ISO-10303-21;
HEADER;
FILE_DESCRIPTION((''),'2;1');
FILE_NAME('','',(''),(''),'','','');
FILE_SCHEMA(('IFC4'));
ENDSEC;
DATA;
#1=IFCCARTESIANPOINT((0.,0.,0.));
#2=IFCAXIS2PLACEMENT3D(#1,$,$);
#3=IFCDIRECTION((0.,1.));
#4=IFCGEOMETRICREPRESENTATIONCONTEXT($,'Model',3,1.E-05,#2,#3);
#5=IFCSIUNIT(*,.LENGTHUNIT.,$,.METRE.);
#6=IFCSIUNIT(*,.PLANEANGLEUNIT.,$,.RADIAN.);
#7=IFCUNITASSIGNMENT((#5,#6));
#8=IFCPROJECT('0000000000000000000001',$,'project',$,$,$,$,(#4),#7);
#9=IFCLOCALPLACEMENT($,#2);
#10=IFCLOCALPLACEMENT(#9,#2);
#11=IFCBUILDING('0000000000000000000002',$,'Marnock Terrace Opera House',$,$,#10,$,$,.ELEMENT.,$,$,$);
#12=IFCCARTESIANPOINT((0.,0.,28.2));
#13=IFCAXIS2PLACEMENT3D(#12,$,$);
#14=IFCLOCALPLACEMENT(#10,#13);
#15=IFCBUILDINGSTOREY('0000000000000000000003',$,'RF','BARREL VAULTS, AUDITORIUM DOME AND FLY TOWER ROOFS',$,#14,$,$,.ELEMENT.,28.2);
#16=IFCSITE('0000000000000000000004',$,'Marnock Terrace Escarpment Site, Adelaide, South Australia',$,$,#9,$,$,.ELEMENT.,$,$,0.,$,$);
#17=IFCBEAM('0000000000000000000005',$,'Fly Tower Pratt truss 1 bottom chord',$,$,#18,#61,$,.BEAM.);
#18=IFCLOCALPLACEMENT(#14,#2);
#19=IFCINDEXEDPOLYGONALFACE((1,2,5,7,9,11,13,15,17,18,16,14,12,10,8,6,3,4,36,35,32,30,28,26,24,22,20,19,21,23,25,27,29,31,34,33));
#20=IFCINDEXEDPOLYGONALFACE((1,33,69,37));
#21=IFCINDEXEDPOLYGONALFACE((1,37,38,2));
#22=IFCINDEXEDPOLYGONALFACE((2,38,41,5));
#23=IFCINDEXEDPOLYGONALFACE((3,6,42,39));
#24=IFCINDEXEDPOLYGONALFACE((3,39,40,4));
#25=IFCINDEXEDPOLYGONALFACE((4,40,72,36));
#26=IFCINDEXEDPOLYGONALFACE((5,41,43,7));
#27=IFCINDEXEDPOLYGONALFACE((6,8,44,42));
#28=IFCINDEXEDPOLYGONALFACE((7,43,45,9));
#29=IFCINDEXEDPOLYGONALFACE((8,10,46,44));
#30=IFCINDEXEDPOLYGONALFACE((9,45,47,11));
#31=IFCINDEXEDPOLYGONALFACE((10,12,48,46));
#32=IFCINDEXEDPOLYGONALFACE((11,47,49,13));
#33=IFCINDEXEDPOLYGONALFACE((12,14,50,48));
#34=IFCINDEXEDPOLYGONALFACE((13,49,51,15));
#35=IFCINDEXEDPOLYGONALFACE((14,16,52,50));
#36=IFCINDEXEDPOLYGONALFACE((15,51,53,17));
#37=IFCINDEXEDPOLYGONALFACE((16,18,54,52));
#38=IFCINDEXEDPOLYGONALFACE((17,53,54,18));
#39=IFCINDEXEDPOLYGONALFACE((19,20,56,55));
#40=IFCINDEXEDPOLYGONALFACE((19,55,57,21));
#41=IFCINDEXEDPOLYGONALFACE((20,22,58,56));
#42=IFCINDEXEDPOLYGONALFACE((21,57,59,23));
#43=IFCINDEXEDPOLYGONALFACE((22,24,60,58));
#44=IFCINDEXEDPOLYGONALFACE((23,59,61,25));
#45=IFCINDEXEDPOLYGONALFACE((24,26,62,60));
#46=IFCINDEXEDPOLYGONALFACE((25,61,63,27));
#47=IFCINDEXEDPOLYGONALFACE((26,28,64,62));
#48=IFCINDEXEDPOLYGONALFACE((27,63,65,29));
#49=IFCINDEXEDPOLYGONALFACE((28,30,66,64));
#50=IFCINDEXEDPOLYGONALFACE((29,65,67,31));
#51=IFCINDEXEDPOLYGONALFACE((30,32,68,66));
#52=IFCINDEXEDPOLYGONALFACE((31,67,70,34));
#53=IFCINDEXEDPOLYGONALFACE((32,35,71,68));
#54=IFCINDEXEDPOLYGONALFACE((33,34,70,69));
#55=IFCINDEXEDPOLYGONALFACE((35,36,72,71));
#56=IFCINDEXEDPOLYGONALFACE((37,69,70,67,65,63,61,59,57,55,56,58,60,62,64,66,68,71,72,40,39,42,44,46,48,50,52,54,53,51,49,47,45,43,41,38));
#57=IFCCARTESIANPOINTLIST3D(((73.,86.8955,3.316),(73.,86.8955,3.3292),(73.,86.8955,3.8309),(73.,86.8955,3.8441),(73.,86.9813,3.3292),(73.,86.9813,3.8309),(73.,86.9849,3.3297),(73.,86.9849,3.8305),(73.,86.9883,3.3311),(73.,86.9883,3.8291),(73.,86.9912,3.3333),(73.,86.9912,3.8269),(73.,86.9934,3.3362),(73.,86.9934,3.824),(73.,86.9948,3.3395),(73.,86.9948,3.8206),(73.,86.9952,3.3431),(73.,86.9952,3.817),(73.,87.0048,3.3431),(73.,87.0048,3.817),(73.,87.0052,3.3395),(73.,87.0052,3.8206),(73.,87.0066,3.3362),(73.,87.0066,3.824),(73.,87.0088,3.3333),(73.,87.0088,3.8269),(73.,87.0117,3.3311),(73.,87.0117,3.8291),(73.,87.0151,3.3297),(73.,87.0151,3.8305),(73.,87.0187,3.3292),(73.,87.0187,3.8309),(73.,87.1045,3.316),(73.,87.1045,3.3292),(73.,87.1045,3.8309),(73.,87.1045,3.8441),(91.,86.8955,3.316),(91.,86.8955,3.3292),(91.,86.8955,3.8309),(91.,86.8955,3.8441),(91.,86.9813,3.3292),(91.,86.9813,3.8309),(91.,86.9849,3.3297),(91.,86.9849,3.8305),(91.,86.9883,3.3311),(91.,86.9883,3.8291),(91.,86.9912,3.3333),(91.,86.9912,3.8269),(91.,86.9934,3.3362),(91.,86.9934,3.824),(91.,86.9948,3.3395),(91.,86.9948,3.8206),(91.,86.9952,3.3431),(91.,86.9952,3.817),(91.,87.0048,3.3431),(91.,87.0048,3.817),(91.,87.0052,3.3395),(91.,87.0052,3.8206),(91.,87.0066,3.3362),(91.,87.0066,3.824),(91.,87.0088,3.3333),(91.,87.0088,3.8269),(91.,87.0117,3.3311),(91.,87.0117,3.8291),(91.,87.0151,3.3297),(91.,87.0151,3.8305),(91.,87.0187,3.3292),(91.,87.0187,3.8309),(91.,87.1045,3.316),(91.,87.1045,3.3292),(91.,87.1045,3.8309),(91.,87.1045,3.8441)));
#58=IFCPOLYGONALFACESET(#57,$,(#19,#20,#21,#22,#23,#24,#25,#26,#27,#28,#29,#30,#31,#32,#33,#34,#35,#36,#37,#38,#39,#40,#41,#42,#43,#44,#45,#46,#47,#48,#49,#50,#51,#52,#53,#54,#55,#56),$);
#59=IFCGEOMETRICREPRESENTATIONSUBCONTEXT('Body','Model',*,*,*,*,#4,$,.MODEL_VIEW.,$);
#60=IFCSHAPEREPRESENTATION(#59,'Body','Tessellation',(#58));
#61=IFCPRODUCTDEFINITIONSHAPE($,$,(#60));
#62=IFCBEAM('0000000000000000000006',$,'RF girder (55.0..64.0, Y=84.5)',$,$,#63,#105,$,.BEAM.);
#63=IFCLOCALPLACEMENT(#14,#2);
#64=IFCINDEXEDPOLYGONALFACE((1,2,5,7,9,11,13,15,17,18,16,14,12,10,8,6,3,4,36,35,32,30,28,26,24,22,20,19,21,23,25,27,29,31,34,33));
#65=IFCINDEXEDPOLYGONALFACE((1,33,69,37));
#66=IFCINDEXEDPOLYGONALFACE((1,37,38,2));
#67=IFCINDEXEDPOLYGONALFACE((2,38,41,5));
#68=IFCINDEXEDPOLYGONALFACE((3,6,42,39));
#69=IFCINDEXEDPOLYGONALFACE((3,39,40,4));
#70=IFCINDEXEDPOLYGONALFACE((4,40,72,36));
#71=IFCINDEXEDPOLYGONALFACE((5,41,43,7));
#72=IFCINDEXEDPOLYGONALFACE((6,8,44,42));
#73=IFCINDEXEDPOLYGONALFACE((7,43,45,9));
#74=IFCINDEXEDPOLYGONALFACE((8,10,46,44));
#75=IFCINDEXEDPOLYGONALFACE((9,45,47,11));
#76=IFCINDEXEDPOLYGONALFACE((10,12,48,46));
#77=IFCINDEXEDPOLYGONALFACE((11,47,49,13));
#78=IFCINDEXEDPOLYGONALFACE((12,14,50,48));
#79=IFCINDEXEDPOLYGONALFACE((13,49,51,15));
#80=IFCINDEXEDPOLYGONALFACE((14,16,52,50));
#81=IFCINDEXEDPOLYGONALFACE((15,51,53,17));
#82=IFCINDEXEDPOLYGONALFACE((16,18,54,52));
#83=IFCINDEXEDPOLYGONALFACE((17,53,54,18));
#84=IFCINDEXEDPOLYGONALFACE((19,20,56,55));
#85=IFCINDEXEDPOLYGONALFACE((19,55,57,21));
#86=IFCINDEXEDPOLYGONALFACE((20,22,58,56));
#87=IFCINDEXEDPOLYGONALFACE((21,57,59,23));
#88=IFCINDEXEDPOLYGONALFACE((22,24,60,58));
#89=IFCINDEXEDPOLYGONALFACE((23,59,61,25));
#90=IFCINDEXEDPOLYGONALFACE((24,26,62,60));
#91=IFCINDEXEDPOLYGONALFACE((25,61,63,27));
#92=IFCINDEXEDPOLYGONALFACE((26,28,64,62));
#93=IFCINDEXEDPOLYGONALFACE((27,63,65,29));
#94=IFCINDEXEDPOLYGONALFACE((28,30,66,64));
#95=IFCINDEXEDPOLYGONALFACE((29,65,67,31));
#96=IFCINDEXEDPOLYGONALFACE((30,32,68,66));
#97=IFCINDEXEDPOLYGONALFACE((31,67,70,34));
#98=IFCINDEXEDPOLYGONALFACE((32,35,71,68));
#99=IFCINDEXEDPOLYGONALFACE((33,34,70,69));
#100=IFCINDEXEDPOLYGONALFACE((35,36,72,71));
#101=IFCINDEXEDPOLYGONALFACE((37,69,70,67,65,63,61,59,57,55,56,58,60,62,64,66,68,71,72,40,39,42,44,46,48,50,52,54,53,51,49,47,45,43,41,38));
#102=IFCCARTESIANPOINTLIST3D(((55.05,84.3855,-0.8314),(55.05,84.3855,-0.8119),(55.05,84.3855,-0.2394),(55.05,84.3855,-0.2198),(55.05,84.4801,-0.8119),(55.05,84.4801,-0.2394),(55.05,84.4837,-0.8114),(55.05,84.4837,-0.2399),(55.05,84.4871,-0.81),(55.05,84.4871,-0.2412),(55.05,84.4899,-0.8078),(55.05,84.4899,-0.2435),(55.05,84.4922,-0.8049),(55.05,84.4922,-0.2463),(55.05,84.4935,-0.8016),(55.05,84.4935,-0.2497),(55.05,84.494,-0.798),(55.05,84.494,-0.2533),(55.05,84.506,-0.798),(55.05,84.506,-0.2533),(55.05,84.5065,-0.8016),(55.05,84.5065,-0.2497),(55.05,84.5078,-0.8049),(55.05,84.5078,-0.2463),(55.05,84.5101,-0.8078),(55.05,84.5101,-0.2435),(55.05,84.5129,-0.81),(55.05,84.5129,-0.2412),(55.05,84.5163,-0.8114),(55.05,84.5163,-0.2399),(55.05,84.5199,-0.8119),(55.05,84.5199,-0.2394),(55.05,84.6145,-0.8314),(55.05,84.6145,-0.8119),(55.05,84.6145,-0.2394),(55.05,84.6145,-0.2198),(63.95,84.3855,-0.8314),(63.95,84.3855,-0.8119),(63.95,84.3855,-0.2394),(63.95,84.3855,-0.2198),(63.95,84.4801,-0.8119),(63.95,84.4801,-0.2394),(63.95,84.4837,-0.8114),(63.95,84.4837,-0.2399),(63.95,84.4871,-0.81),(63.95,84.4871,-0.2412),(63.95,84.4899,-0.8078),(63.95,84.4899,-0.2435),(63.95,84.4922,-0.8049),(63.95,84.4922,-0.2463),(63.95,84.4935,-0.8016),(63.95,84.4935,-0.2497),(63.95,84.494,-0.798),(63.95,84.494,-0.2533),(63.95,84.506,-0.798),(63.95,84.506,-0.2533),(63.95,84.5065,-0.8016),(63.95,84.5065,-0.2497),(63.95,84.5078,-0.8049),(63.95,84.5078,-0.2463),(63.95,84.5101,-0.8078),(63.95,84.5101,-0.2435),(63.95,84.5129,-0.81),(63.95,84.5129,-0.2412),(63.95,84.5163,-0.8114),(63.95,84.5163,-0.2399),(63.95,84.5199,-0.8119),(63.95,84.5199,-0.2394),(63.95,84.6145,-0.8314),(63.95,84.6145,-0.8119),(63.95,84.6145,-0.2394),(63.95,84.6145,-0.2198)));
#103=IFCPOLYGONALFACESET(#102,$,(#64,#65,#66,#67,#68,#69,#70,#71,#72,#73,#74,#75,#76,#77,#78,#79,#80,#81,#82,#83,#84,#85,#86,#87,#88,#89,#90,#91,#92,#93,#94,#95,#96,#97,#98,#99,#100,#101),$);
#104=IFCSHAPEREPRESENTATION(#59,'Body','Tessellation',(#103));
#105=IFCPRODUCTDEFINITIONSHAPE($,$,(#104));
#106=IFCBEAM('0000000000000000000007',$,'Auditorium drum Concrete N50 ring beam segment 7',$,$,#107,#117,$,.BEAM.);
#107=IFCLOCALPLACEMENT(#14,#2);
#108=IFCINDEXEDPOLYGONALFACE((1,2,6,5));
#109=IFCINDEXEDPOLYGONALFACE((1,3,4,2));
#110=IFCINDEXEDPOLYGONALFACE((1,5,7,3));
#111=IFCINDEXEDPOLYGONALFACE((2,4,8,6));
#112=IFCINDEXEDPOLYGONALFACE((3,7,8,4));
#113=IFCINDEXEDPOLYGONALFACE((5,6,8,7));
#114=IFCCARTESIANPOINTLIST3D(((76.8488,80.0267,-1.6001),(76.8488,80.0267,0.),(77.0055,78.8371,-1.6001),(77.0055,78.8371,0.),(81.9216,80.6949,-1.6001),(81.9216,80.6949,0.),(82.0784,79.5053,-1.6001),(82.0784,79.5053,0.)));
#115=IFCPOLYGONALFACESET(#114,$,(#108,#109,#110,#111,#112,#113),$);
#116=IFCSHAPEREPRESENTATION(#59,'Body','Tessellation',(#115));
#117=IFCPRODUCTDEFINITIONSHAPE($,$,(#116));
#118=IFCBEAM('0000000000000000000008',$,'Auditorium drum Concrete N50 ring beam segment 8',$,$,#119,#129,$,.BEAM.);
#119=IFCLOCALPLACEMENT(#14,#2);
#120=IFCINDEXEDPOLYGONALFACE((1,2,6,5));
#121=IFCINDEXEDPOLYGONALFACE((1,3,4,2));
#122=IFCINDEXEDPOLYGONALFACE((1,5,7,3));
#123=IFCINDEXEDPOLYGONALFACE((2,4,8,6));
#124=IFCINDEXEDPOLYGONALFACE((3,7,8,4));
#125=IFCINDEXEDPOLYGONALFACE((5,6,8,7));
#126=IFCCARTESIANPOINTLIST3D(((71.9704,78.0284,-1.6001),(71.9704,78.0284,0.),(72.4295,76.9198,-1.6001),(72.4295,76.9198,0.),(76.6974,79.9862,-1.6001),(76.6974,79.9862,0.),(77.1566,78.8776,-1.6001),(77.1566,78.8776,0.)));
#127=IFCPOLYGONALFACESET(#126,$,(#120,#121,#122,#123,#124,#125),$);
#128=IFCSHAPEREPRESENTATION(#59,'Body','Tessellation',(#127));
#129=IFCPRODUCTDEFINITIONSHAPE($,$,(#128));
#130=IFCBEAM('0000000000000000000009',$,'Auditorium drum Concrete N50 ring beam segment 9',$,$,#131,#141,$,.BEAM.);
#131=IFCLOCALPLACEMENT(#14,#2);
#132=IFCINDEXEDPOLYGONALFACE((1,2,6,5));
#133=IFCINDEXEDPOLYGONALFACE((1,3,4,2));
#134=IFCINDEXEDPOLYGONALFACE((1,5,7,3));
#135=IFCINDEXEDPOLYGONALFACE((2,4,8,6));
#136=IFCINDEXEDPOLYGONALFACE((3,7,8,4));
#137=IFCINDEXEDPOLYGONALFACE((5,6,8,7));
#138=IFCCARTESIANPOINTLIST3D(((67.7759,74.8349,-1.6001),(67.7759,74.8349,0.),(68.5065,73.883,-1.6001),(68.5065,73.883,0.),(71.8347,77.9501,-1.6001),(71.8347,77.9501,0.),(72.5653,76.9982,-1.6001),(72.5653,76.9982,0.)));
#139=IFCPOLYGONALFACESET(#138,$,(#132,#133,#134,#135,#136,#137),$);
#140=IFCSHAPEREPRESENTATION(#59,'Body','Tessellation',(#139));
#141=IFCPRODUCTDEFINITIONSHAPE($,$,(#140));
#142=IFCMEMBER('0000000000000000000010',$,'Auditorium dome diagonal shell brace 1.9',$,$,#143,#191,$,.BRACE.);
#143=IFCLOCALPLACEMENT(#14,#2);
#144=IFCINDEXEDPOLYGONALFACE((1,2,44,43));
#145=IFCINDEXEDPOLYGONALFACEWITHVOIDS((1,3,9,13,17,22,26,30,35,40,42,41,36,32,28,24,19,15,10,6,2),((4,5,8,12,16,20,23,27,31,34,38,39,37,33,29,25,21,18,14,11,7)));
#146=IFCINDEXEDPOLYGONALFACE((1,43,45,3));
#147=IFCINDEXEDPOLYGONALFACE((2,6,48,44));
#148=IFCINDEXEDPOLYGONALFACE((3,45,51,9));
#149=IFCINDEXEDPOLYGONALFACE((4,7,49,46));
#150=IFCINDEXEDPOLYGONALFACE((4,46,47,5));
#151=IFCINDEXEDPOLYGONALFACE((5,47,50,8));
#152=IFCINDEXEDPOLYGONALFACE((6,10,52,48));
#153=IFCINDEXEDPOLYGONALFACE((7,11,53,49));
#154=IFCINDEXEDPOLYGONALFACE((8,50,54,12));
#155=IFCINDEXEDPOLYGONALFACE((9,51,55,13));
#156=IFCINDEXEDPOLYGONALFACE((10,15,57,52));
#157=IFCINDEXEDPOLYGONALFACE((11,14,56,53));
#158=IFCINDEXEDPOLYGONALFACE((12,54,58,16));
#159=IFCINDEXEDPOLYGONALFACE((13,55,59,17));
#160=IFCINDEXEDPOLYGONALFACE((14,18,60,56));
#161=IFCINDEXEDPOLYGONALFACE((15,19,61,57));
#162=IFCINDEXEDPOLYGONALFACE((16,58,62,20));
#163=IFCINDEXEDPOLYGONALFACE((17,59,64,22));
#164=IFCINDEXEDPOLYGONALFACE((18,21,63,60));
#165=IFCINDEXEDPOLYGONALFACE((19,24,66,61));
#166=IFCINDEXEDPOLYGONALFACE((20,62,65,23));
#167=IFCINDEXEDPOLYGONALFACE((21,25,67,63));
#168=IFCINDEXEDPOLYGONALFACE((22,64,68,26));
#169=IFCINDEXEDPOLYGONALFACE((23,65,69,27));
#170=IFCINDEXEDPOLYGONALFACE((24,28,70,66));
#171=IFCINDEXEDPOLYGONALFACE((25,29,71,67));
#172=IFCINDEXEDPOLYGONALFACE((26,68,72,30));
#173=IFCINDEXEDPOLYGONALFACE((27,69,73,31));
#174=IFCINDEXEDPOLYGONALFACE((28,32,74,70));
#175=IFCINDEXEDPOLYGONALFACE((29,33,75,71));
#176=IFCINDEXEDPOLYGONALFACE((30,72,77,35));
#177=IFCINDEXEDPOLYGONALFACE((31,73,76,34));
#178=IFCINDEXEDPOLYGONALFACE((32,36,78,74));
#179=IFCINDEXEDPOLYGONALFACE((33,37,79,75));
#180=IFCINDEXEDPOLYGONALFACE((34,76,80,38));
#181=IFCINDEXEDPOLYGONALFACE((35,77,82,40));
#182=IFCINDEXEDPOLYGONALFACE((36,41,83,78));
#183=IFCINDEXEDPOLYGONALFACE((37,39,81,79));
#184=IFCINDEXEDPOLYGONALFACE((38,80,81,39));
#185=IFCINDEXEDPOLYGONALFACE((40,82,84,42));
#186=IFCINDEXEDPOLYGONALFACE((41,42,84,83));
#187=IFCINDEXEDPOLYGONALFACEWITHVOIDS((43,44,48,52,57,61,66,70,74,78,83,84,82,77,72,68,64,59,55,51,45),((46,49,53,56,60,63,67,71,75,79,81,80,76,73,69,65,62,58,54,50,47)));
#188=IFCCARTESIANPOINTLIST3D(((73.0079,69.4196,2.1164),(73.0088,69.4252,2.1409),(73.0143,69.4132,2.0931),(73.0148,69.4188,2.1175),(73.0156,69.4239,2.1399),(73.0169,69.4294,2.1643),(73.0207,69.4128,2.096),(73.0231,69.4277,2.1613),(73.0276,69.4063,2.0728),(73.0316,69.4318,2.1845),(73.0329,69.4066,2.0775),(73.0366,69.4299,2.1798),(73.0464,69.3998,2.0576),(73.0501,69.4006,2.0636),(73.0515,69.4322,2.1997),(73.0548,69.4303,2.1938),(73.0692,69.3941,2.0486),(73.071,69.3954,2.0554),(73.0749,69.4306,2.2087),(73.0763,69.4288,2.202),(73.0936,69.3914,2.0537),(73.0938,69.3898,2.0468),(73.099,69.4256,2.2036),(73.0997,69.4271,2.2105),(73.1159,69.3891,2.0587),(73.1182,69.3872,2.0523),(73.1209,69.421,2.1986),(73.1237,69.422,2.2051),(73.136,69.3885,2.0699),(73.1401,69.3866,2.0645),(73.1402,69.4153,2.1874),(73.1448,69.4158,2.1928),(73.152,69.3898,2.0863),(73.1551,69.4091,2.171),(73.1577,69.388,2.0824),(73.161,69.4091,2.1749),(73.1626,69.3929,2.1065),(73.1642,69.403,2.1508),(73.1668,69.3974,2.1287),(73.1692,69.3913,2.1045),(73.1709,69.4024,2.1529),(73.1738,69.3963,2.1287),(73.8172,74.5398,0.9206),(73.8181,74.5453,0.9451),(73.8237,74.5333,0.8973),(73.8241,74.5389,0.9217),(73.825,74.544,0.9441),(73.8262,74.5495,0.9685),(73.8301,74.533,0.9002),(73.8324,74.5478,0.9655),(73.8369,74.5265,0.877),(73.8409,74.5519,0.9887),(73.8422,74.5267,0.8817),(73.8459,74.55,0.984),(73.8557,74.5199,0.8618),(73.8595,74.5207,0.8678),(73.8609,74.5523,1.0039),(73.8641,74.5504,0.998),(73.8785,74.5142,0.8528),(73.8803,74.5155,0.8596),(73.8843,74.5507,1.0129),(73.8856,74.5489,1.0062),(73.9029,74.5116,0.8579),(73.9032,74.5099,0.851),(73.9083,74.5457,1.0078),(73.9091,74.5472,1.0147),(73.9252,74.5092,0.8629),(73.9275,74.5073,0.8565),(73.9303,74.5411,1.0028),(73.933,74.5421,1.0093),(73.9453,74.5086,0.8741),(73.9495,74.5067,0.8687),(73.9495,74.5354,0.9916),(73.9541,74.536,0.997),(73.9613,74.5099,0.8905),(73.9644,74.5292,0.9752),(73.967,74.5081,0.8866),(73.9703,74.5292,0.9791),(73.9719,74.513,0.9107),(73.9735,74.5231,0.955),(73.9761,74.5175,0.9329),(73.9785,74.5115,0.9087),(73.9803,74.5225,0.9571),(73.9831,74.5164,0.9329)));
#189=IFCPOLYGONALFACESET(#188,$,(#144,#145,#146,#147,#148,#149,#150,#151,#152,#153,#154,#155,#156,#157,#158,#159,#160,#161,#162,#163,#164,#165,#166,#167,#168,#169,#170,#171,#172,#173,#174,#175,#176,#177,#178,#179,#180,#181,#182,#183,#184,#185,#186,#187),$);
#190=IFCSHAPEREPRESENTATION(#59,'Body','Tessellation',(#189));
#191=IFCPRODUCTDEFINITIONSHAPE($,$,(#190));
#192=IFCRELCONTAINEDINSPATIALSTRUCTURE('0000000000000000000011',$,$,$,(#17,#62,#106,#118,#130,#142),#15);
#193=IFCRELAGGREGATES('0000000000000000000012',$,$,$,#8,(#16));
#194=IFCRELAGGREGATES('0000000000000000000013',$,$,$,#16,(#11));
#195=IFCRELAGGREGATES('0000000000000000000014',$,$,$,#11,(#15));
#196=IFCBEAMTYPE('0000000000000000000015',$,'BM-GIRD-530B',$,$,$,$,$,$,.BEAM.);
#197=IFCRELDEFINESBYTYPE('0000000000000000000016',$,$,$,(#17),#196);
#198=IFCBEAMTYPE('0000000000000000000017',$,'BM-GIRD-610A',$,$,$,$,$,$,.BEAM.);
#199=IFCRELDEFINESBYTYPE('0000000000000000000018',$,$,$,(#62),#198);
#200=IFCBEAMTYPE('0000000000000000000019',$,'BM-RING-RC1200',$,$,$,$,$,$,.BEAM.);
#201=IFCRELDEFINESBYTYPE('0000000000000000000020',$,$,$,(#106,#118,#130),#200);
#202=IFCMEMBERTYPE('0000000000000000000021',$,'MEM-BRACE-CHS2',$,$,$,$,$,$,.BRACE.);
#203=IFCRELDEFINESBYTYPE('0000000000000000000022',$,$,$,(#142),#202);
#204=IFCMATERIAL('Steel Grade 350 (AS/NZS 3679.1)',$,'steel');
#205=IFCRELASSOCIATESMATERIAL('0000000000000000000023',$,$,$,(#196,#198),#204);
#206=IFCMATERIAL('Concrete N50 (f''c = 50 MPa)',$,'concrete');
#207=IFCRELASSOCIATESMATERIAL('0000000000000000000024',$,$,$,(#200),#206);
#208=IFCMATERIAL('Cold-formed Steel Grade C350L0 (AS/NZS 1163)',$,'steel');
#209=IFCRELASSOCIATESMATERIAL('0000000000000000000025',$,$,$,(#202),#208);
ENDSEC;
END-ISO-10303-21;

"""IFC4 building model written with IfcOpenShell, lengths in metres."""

from ifc_helpers import new_model, si_unit, direction, frame, origin, origin_2d, place, context, subcontext, project, spatial, rectangle, hollow_circle, i_section, extrude, material, material_profile, profile_set, type_object, element, save


model = new_model("IFC4")

# Units and contexts
model_context = context("Model", 3, precision=1e-05, world=origin(), true_north=direction((0.0, 1.0)))
body_context = subcontext(model_context, "Body", "Model", "MODEL_VIEW")
ifc_project = project(units=[si_unit("LENGTHUNIT", "METRE"), si_unit("PLANEANGLEUNIT", "RADIAN")], contexts=[model_context])

# Site, building, storey
site_placement = place(None, origin())
site = spatial("IfcSite", under=ifc_project, at=site_placement, Name="Marnock Terrace Escarpment Site, Adelaide, South Australia", CompositionType="ELEMENT", RefElevation=0.0)
building_placement = place(site_placement, origin())
building = spatial("IfcBuilding", under=site, at=building_placement, Name="Marnock Terrace Opera House", CompositionType="ELEMENT")
storey_placement = place(building_placement, frame((0.0, 0.0, 28.2)))
storey = spatial("IfcBuildingStorey", under=building, at=storey_placement, Name="RF", Description="BARREL VAULTS, AUDITORIUM DOME AND FLY TOWER ROOFS", CompositionType="ELEMENT", Elevation=28.2)

# Beams
ifc_material_1 = material(Name="Steel Grade 350 (AS/NZS 3679.1)", Category="steel")
ifc_material_profile_1 = material_profile(ifc_material_1, i_section(OverallWidth=0.209, OverallDepth=0.5281, WebThickness=0.0095, FlangeThickness=0.0132, FilletRadius=0.0139, at=origin_2d()))
ifc_profile_set_1 = profile_set([ifc_material_profile_1], Name="Steel Grade 350 (AS/NZS 3679.1)")
beam_type_1 = type_object("IfcBeamType", Name="BM-GIRD-530B", PredefinedType="BEAM", material=ifc_profile_set_1)
beam_1_placement = place(storey_placement, frame((73.0, 87.0, 3.5801), z_axis=(1.0, 0.0, 0.0), x_axis=(0.0, 1.0, 0.0)))
element("IfcBeam", 1, at=beam_1_placement, inside=storey, type_object=beam_type_1, Name="Fly Tower Pratt truss 1 bottom chord", PredefinedType="BEAM", context=body_context, shape_type="SweptSolid", body=[
    extrude(i_section(OverallWidth=0.209, OverallDepth=0.5281, WebThickness=0.0095, FlangeThickness=0.0132, FilletRadius=0.0139, at=origin_2d()), origin(), (0.0, 0.0, 1.0), 18.0),
])
ifc_material_profile_2 = material_profile(ifc_material_1, i_section(OverallWidth=0.229, OverallDepth=0.6116, WebThickness=0.012, FlangeThickness=0.0195, FilletRadius=0.0139, at=origin_2d()))
ifc_profile_set_2 = profile_set([ifc_material_profile_2], Name="Steel Grade 350 (AS/NZS 3679.1)")
beam_type_2 = type_object("IfcBeamType", Name="BM-GIRD-610A", PredefinedType="BEAM", material=ifc_profile_set_2)
beam_2_placement = place(storey_placement, frame((55.05, 84.5, -0.5256), z_axis=(1.0, 0.0, 0.0), x_axis=(0.0, 1.0, 0.0)))
element("IfcBeam", 2, at=beam_2_placement, inside=storey, type_object=beam_type_2, Name="RF girder (55.0..64.0, Y=84.5)", PredefinedType="BEAM", context=body_context, shape_type="SweptSolid", body=[
    extrude(i_section(OverallWidth=0.229, OverallDepth=0.6116, WebThickness=0.012, FlangeThickness=0.0195, FilletRadius=0.0139, at=origin_2d()), origin(), (0.0, 0.0, 1.0), 8.8999),
])
ifc_material_2 = material(Name="Concrete N50 (f'c = 50 MPa)", Category="concrete")
ifc_material_profile_3 = material_profile(ifc_material_2, rectangle(XDim=1.2, YDim=1.6001, at=origin_2d()))
ifc_profile_set_3 = profile_set([ifc_material_profile_3], Name="Concrete N50 (f'c = 50 MPa)")
beam_type_3 = type_object("IfcBeamType", Name="BM-RING-RC1200", PredefinedType="BEAM", material=ifc_profile_set_3)
beam_3_placement = place(storey_placement, frame((82.0, 80.1001, -0.8), z_axis=(-0.991436, -0.130592, 0.0), x_axis=(0.130592, -0.991436, 0.0)))
element("IfcBeam", 3, at=beam_3_placement, inside=storey, type_object=beam_type_3, Name="Auditorium drum Concrete N50 ring beam segment 7", PredefinedType="BEAM", context=body_context, shape_type="SweptSolid", body=[
    extrude(rectangle(XDim=1.2, YDim=1.6001, at=origin_2d()), origin(), (0.0, 0.0, 1.0), 5.1167),
])
for number, where, z_axis, x_axis, name in (
    (4, (76.927, 79.4319, -0.8), (-0.923896, -0.382643, 0.0), (0.382643, -0.923896, 0.0), "Auditorium drum Concrete N50 ring beam segment 8"),
    (5, (72.2, 77.4741, -0.8), (-0.79328, -0.608857, 0.0), (0.608857, -0.79328, 0.0), "Auditorium drum Concrete N50 ring beam segment 9"),
):
    element("IfcBeam", number, at=place(storey_placement, frame(where, z_axis=z_axis, x_axis=x_axis)), inside=storey, type_object=beam_type_3, Name=name, PredefinedType="BEAM", context=body_context, shape_type="SweptSolid", body=[
        extrude(rectangle(XDim=1.2, YDim=1.6001, at=origin_2d()), origin(), (0.0, 0.0, 1.0), 5.1165),
    ])

# Member
ifc_material_3 = material(Name="Cold-formed Steel Grade C350L0 (AS/NZS 1163)", Category="steel")
ifc_material_profile_4 = material_profile(ifc_material_3, hollow_circle(Radius=0.0842, WallThickness=0.0071, at=origin_2d()))
ifc_profile_set_4 = profile_set([ifc_material_profile_4], Name="Cold-formed Steel Grade C350L0 (AS/NZS 1163)")
member_type_1 = type_object("IfcMemberType", Name="MEM-BRACE-CHS2", PredefinedType="BRACE", material=ifc_profile_set_4)
member_1_placement = place(storey_placement, frame((73.8999, 74.5295, 0.9329), z_axis=(-0.152134, -0.96246, 0.224782), x_axis=(0.987737, -0.156129, 0.0)))
element("IfcMember", 6, at=member_1_placement, inside=storey, type_object=member_type_1, Name="Auditorium dome diagonal shell brace 1.9", PredefinedType="BRACE", context=body_context, shape_type="SweptSolid", body=[
    extrude(hollow_circle(Radius=0.0842, WallThickness=0.0071, at=origin_2d()), origin(), (0.0, 0.0, 1.0), 5.3198),
])

save(model, "model.ifc")
